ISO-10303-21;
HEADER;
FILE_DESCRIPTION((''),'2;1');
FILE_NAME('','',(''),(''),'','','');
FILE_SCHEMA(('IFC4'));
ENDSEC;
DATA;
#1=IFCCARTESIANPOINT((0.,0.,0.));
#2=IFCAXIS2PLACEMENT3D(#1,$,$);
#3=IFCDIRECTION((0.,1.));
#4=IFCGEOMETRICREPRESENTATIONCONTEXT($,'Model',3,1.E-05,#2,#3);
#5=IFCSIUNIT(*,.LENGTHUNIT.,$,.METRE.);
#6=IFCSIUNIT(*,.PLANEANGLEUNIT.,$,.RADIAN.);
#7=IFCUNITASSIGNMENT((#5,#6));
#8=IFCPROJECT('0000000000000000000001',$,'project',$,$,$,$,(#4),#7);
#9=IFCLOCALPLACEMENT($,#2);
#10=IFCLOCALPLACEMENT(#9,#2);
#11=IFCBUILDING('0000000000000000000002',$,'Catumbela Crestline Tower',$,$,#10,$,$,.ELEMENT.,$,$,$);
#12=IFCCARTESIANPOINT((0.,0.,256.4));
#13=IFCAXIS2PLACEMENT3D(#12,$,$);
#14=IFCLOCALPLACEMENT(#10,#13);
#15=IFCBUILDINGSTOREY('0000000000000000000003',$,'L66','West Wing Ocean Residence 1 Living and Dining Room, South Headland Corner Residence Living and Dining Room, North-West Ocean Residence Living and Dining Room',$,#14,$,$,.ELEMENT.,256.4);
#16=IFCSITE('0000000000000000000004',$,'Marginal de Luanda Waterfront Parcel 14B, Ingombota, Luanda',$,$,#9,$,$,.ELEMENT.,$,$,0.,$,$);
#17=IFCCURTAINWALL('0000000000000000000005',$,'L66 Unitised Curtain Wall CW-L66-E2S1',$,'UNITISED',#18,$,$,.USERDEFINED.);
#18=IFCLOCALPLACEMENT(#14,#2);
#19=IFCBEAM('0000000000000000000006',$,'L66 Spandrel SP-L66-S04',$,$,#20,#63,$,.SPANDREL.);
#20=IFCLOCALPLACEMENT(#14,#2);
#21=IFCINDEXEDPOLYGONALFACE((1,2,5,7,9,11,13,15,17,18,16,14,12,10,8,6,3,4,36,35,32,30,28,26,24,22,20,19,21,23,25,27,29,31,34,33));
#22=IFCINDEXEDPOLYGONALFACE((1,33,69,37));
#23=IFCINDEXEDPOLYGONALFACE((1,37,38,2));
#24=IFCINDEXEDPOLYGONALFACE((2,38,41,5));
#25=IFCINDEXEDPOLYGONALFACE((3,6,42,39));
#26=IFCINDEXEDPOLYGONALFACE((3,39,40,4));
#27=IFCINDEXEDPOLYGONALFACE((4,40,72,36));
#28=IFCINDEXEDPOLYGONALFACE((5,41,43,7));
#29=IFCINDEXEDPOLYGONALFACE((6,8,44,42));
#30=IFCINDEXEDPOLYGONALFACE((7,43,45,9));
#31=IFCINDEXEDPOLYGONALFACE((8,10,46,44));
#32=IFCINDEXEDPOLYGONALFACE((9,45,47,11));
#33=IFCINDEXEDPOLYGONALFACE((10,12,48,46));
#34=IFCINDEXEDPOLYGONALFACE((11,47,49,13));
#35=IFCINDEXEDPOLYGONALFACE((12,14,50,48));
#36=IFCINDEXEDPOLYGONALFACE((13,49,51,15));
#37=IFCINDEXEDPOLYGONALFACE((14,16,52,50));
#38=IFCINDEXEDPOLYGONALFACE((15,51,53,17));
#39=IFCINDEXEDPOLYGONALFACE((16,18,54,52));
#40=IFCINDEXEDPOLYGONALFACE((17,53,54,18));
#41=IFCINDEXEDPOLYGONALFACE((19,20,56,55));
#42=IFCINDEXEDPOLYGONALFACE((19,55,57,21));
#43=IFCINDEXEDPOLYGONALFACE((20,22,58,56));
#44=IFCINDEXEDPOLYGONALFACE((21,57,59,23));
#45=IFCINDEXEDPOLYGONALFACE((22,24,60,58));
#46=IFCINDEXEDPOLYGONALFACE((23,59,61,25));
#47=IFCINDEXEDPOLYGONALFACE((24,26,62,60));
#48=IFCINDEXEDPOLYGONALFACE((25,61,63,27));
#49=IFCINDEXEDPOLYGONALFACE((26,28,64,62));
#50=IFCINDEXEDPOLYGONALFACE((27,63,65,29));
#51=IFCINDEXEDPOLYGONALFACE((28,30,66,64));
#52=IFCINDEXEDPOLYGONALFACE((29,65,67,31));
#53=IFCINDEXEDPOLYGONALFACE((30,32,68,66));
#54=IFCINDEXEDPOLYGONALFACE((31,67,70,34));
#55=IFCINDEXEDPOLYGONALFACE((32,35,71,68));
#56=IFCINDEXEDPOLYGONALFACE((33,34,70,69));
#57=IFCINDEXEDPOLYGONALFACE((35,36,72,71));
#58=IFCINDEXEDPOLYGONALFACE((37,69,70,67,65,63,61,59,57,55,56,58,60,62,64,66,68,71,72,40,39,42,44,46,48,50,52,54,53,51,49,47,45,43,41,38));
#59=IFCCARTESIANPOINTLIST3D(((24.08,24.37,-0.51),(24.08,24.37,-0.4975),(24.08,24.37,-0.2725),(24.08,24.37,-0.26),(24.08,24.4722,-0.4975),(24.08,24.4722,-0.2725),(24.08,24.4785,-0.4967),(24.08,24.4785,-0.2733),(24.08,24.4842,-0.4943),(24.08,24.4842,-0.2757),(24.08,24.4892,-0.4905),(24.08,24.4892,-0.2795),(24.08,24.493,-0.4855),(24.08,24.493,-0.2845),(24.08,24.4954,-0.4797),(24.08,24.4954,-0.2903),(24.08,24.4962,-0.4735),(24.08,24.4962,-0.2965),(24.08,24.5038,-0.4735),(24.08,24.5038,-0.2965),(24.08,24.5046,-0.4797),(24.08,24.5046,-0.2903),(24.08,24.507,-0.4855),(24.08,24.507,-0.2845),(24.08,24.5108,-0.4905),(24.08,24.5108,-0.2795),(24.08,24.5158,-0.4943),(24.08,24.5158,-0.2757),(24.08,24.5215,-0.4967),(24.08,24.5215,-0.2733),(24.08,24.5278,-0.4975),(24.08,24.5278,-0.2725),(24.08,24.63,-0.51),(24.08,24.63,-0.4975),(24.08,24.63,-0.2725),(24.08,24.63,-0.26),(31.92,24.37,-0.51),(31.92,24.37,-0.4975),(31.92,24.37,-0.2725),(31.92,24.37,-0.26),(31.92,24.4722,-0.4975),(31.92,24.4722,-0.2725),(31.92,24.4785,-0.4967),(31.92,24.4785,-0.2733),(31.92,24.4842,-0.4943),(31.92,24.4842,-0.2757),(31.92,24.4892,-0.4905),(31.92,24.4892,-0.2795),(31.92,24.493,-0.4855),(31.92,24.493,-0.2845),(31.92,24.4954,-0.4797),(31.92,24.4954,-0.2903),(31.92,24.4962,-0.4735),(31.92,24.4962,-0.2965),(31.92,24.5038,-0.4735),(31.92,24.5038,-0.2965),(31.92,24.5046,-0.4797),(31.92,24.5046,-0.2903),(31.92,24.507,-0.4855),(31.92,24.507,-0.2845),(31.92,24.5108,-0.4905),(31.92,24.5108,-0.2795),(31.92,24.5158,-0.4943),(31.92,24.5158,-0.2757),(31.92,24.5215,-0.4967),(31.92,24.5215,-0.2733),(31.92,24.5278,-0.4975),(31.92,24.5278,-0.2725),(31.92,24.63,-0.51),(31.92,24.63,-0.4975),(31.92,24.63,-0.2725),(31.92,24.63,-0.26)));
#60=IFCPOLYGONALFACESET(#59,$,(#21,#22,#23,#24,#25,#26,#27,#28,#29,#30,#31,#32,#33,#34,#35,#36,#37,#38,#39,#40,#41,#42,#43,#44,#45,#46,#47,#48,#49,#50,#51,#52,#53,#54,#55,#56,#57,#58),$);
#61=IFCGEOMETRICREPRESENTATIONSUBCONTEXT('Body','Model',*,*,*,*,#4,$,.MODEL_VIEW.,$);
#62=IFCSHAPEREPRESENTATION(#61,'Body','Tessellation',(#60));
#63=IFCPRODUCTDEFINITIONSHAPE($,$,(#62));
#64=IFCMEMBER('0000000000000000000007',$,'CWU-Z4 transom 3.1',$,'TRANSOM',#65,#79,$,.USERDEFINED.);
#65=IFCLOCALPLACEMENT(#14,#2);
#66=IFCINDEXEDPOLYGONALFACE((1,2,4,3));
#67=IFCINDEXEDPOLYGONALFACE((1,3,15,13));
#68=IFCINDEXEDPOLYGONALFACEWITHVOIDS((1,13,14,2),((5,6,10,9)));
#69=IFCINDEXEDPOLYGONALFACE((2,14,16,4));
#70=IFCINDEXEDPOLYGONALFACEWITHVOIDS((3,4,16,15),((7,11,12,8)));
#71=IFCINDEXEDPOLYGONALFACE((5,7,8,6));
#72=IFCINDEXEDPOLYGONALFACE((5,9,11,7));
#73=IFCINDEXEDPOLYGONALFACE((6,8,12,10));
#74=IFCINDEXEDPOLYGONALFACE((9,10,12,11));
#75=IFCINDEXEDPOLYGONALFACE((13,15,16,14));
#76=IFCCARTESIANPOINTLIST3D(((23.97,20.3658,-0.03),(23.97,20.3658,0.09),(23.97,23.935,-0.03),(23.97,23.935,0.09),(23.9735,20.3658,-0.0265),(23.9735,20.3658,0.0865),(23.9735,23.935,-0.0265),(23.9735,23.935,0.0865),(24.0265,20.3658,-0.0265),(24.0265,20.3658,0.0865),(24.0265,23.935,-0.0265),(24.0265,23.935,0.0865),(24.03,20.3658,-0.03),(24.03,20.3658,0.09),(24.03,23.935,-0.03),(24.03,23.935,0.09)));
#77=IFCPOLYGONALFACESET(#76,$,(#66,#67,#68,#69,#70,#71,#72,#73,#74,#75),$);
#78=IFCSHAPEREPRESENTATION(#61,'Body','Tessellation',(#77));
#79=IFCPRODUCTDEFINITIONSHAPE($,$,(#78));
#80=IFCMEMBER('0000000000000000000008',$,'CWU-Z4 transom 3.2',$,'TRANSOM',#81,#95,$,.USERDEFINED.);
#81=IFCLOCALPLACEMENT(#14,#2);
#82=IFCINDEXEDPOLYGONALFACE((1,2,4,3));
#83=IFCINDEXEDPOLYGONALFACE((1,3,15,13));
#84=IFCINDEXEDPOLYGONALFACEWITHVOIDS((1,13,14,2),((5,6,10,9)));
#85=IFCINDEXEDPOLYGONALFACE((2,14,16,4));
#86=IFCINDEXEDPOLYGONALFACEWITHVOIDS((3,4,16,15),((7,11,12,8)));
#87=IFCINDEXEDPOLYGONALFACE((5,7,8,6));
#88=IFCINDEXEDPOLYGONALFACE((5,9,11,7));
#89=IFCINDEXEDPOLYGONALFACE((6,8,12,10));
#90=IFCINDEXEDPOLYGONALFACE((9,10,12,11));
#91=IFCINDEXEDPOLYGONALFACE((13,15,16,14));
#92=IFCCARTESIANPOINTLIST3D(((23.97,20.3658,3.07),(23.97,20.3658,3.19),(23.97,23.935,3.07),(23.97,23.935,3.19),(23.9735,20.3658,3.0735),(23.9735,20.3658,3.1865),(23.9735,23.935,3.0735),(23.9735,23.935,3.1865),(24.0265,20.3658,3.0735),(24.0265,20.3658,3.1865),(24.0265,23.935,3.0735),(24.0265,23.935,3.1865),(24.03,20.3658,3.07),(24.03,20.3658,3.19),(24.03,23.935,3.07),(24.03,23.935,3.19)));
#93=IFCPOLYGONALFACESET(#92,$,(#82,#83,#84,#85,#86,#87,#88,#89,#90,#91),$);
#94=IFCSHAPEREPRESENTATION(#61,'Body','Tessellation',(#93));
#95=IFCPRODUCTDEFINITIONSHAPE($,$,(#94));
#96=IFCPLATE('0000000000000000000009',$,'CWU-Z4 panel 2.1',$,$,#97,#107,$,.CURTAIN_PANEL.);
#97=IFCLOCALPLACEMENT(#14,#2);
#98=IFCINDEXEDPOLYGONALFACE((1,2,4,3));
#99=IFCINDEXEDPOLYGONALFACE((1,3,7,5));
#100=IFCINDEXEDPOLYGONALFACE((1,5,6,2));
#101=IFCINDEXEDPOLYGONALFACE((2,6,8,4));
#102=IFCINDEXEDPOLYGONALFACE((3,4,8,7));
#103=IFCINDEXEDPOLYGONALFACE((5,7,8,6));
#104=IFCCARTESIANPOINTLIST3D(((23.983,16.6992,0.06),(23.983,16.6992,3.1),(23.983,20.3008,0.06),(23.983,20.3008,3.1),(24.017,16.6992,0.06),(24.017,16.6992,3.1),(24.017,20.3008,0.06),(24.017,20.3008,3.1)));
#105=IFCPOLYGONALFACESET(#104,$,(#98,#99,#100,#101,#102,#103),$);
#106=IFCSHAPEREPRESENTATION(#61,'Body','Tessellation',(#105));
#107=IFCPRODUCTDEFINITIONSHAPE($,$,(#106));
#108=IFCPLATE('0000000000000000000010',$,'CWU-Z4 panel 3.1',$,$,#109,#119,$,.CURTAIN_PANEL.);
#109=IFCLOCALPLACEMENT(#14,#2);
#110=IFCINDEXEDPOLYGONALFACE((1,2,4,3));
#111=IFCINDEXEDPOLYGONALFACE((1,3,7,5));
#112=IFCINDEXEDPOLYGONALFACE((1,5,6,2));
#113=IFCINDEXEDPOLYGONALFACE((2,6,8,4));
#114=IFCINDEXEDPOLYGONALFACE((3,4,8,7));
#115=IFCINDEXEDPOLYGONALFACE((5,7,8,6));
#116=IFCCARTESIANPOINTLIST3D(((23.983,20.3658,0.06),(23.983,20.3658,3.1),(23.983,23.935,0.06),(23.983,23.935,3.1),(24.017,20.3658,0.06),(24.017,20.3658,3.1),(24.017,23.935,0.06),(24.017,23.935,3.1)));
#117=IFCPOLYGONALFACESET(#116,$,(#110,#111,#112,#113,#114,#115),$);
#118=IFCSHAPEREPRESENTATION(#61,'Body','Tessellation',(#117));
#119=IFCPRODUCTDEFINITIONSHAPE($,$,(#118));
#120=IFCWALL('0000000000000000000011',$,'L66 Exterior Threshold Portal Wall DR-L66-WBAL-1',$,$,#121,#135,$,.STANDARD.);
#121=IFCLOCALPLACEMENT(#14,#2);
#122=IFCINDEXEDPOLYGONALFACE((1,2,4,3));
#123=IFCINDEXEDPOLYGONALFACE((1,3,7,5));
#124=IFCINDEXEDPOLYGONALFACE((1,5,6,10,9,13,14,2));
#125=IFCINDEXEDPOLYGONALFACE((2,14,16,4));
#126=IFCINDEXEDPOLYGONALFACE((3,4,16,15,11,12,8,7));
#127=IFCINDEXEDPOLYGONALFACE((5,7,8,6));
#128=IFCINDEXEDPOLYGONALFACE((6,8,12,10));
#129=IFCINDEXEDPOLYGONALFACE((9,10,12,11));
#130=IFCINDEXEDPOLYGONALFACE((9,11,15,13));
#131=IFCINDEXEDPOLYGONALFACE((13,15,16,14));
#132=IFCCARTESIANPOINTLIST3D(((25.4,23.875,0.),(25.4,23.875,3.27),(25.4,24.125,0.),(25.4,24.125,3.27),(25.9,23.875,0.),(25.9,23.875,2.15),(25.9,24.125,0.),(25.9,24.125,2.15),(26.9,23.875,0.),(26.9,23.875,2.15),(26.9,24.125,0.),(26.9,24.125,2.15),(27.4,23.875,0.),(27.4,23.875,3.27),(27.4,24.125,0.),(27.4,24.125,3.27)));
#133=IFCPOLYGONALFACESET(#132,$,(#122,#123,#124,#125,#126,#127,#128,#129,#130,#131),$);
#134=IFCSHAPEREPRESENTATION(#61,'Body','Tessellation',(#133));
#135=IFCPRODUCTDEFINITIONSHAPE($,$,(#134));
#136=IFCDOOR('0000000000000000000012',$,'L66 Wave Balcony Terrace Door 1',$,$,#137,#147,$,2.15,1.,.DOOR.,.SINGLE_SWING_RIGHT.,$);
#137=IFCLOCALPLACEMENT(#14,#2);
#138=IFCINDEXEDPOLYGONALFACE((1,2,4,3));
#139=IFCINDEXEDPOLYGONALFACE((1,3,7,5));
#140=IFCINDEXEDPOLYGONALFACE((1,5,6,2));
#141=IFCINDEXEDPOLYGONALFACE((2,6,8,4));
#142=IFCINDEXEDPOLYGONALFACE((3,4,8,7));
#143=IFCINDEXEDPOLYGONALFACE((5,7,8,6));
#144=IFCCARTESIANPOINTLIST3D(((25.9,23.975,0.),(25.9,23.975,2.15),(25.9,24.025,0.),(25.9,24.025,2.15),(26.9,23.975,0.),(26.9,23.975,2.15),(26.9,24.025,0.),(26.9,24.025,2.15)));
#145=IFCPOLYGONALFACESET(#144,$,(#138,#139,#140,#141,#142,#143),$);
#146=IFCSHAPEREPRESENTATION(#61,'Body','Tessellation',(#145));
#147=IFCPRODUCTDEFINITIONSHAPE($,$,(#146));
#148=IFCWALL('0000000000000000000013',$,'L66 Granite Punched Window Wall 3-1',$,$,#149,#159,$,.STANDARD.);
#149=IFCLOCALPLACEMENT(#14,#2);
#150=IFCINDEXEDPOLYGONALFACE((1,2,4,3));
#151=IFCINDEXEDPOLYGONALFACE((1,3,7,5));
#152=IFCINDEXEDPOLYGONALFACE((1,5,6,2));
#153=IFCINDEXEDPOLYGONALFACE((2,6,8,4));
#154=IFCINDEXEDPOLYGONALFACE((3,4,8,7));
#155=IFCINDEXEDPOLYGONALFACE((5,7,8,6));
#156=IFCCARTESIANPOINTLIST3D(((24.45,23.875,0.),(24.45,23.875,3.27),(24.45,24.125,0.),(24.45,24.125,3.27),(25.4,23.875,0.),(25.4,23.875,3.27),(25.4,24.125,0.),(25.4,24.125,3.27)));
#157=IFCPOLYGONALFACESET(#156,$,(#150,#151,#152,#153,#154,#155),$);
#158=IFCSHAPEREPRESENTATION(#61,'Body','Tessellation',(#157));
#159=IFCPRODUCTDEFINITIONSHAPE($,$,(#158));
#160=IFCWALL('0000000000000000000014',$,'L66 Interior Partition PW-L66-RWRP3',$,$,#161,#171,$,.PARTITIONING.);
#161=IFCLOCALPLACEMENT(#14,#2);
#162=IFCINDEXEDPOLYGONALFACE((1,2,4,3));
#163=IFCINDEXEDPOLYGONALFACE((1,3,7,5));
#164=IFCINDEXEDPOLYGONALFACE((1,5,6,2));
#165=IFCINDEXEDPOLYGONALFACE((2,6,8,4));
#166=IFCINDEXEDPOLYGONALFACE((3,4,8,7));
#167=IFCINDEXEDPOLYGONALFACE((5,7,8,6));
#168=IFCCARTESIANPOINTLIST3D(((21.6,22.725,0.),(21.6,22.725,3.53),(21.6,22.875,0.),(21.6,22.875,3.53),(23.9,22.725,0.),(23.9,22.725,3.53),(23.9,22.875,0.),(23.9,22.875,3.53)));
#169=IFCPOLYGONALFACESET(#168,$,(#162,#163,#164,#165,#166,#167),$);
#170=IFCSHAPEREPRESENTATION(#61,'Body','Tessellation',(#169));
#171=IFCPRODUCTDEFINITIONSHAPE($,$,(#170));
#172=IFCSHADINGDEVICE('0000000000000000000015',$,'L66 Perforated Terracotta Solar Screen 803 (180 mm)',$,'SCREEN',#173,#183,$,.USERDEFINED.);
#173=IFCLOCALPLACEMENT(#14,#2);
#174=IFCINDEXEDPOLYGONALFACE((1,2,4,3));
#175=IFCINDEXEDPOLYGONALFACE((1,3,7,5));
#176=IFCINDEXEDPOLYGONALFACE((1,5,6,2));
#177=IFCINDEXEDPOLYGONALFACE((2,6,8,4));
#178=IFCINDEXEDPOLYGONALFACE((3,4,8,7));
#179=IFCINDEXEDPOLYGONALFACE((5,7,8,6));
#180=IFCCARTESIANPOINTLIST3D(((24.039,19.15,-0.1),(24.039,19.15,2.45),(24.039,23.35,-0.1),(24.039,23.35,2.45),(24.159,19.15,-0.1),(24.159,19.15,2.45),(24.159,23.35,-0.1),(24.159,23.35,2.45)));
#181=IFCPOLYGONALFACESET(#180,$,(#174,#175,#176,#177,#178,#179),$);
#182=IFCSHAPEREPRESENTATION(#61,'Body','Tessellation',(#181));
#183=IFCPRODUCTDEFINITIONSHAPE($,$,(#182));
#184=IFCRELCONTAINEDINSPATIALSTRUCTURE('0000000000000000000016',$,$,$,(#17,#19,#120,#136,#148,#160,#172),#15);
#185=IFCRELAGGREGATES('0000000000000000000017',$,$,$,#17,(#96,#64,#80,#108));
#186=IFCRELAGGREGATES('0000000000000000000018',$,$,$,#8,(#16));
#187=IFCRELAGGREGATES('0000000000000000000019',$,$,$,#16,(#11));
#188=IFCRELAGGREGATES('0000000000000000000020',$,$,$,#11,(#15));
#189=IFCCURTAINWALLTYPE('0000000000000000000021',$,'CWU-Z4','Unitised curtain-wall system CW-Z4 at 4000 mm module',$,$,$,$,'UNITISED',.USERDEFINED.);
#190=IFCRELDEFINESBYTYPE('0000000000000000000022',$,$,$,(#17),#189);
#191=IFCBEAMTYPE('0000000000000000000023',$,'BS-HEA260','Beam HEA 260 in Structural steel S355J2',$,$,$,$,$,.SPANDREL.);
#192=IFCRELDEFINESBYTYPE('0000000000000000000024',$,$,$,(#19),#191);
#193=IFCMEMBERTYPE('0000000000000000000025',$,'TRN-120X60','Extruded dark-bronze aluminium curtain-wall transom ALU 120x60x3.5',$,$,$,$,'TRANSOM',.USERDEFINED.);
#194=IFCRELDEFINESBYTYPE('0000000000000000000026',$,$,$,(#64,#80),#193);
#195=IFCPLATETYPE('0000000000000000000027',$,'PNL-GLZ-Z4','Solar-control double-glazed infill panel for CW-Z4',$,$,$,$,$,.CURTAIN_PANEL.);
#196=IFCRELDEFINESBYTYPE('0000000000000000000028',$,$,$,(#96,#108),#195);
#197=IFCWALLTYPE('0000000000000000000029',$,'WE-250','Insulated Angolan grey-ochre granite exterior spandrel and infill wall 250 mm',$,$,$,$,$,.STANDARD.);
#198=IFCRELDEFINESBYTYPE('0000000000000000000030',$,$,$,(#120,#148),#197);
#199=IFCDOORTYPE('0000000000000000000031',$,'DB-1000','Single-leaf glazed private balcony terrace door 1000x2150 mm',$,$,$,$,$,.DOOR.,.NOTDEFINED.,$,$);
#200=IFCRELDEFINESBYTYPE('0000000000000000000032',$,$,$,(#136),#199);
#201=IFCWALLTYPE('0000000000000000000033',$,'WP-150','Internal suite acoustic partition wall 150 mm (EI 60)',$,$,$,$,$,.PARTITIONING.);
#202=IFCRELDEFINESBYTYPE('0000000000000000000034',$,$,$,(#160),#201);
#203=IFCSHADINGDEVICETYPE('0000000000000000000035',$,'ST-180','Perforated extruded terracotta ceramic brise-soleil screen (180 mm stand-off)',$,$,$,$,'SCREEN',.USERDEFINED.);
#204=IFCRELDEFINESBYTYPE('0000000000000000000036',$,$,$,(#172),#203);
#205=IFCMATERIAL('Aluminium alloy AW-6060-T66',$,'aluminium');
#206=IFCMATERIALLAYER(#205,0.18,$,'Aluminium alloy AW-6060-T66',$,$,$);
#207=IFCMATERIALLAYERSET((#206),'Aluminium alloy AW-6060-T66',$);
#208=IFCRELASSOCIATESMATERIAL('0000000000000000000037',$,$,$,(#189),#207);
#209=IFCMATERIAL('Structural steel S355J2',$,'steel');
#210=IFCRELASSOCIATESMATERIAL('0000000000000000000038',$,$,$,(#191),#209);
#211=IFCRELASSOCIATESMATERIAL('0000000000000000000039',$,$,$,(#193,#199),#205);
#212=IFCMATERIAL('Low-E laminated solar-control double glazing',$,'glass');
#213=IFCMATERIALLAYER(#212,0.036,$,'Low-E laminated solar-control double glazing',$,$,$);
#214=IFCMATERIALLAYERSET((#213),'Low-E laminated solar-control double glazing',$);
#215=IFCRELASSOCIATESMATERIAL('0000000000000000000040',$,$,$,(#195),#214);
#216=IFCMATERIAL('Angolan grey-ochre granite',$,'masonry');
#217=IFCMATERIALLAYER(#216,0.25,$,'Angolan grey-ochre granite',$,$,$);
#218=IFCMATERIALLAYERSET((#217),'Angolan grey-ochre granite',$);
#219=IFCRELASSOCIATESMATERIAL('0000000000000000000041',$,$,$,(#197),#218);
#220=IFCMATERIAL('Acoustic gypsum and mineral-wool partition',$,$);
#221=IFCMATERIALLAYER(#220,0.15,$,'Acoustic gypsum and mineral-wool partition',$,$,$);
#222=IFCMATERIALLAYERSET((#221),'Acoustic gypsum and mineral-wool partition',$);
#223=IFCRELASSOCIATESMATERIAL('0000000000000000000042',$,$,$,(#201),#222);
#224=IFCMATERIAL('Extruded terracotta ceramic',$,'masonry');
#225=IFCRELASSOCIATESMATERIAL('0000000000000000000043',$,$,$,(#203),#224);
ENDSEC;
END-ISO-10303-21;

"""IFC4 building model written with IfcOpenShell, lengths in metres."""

from ifc_helpers import new_model, si_unit, direction, frame, frame_2d, origin, origin_2d, place, context, subcontext, project, spatial, rectangle, hollow_rectangle, i_section, extrude, material, layer, layer_set, material_profile, profile_set, type_object, element, fill, aggregate, save


model = new_model("IFC4")

# Units and contexts
model_context = context("Model", 3, precision=1e-05, world=origin(), true_north=direction((0.0, 1.0)))
body_context = subcontext(model_context, "Body", "Model", "MODEL_VIEW")
ifc_project = project(units=[si_unit("LENGTHUNIT", "METRE"), si_unit("PLANEANGLEUNIT", "RADIAN")], contexts=[model_context])

# Site, building, storey
site_placement = place(None, origin())
site = spatial("IfcSite", under=ifc_project, at=site_placement, Name="Marginal de Luanda Waterfront Parcel 14B, Ingombota, Luanda", CompositionType="ELEMENT", RefElevation=0.0)
building_placement = place(site_placement, origin())
building = spatial("IfcBuilding", under=site, at=building_placement, Name="Catumbela Crestline Tower", CompositionType="ELEMENT")
storey_placement = place(building_placement, frame((0.0, 0.0, 256.4)))
storey = spatial("IfcBuildingStorey", under=building, at=storey_placement, Name="L66", Description="West Wing Ocean Residence 1 Living and Dining Room, South Headland Corner Residence Living and Dining Room, North-West Ocean Residence Living and Dining Room", CompositionType="ELEMENT", Elevation=256.4)

# Shared definitions
ifc_material_1 = material(Name="Structural steel S355J2", Category="steel")

# Curtain wall
ifc_material_2 = material(Name="Aluminium alloy AW-6060-T66", Category="aluminium")
ifc_layer_1 = layer(ifc_material_2, 0.18, Name="Aluminium alloy AW-6060-T66")
ifc_layer_set_1 = layer_set([ifc_layer_1], Name="Aluminium alloy AW-6060-T66")
curtain_wall_type = type_object("IfcCurtainWallType", Name="CWU-Z4", Description="Unitised curtain-wall system CW-Z4 at 4000 mm module", ElementType="UNITISED", PredefinedType="USERDEFINED", material=ifc_layer_set_1)
curtain_wall_placement = place(storey_placement, origin())
curtain_wall = element("IfcCurtainWall", 1, at=curtain_wall_placement, inside=storey, type_object=curtain_wall_type, Name="L66 Unitised Curtain Wall CW-L66-E2S1", ObjectType="UNITISED", PredefinedType="USERDEFINED")

# Beam
ifc_material_profile_1 = material_profile(ifc_material_1, i_section(OverallWidth=0.26, OverallDepth=0.25, WebThickness=0.0075, FlangeThickness=0.0125, FilletRadius=0.024, at=origin_2d()), Name="HEA 260")
ifc_profile_set_1 = profile_set([ifc_material_profile_1], Name="Structural steel S355J2")
beam_type_1 = type_object("IfcBeamType", Name="BS-HEA260", Description="Beam HEA 260 in Structural steel S355J2", PredefinedType="SPANDREL", material=ifc_profile_set_1)
beam_1_placement = place(storey_placement, frame((24.08, 24.5, -0.385), z_axis=(1.0, 0.0, 0.0), x_axis=(0.0, 1.0, 0.0)))
element("IfcBeam", 2, at=beam_1_placement, inside=storey, type_object=beam_type_1, Name="L66 Spandrel SP-L66-S04", PredefinedType="SPANDREL", context=body_context, shape_type="SweptSolid", body=[
    extrude(i_section(OverallWidth=0.26, OverallDepth=0.25, WebThickness=0.0075, FlangeThickness=0.0125, FilletRadius=0.024, at=origin_2d()), origin(), (0.0, 0.0, 1.0), 7.84),
])

# Members
ifc_material_profile_2 = material_profile(ifc_material_2, hollow_rectangle(XDim=0.06, YDim=0.12, WallThickness=0.0035, at=origin_2d()), Name="ALU 120x60x3.5")
ifc_profile_set_2 = profile_set([ifc_material_profile_2], Name="Aluminium alloy AW-6060-T66")
member_type_1 = type_object("IfcMemberType", Name="TRN-120X60", Description="Extruded dark-bronze aluminium curtain-wall transom ALU 120x60x3.5", ElementType="TRANSOM", PredefinedType="USERDEFINED", material=ifc_profile_set_2)
member_1_placement = place(storey_placement, frame((24.0, 20.3658, 0.03), z_axis=(0.0, 1.0, 0.0), x_axis=(-1.0, 0.0, 0.0)))
member_1 = element("IfcMember", 3, at=member_1_placement, type_object=member_type_1, Name="CWU-Z4 transom 3.1", ObjectType="TRANSOM", PredefinedType="USERDEFINED", context=body_context, shape_type="SweptSolid", body=[
    extrude(hollow_rectangle(XDim=0.06, YDim=0.12, WallThickness=0.0035, at=origin_2d()), origin(), (0.0, 0.0, 1.0), 3.5692),
])
member_2_placement = place(storey_placement, frame((24.0, 20.3658, 3.13), z_axis=(0.0, 1.0, 0.0), x_axis=(-1.0, 0.0, 0.0)))
member_2 = element("IfcMember", 4, at=member_2_placement, type_object=member_type_1, Name="CWU-Z4 transom 3.2", ObjectType="TRANSOM", PredefinedType="USERDEFINED", context=body_context, shape_type="SweptSolid", body=[
    extrude(hollow_rectangle(XDim=0.06, YDim=0.12, WallThickness=0.0035, at=origin_2d()), origin(), (0.0, 0.0, 1.0), 3.5692),
])

# Plates
ifc_material_3 = material(Name="Low-E laminated solar-control double glazing", Category="glass")
ifc_layer_2 = layer(ifc_material_3, 0.036, Name="Low-E laminated solar-control double glazing")
ifc_layer_set_2 = layer_set([ifc_layer_2], Name="Low-E laminated solar-control double glazing")
plate_type = type_object("IfcPlateType", Name="PNL-GLZ-Z4", Description="Solar-control double-glazed infill panel for CW-Z4", PredefinedType="CURTAIN_PANEL", material=ifc_layer_set_2)
plate_1_placement = place(storey_placement, frame((24.0, 18.5, 0.06), z_axis=(0.0, 0.0, 1.0), x_axis=(0.0, 1.0, 0.0)))
plate_1 = element("IfcPlate", 5, at=plate_1_placement, type_object=plate_type, Name="CWU-Z4 panel 2.1", PredefinedType="CURTAIN_PANEL", context=body_context, shape_type="SweptSolid", body=[
    extrude(rectangle(XDim=3.6017, YDim=0.034, at=origin_2d()), origin(), (0.0, 0.0, 1.0), 3.04),
])
plate_2_placement = place(storey_placement, frame((24.0, 22.1504, 0.06), z_axis=(0.0, 0.0, 1.0), x_axis=(0.0, 1.0, 0.0)))
plate_2 = element("IfcPlate", 6, at=plate_2_placement, type_object=plate_type, Name="CWU-Z4 panel 3.1", PredefinedType="CURTAIN_PANEL", context=body_context, shape_type="SweptSolid", body=[
    extrude(rectangle(XDim=3.5692, YDim=0.034, at=origin_2d()), origin(), (0.0, 0.0, 1.0), 3.04),
])
aggregate(curtain_wall, [plate_1, member_1, member_2, plate_2])

# Wall, opening, door
ifc_material_4 = material(Name="Angolan grey-ochre granite", Category="masonry")
ifc_layer_3 = layer(ifc_material_4, 0.25, Name="Angolan grey-ochre granite")
ifc_layer_set_3 = layer_set([ifc_layer_3], Name="Angolan grey-ochre granite")
wall_type_1 = type_object("IfcWallType", Name="WE-250", Description="Insulated Angolan grey-ochre granite exterior spandrel and infill wall 250 mm", PredefinedType="STANDARD", material=ifc_layer_set_3)
wall_1_placement = place(storey_placement, frame((25.4, 24.0, 0.0), z_axis=(0.0, 0.0, 1.0), x_axis=(1.0, 0.0, 0.0)))
wall_1 = element("IfcWall", 7, at=wall_1_placement, inside=storey, type_object=wall_type_1, Name="L66 Exterior Threshold Portal Wall DR-L66-WBAL-1", PredefinedType="STANDARD", context=body_context, shape_type="SweptSolid", body=[
    extrude(rectangle(XDim=2.0, YDim=0.25, at=frame_2d((1.0, 0.0))), origin(), (0.0, 0.0, 1.0), 3.27),
])
opening_placement = place(wall_1_placement, frame((0.5, 0.0, 0.0)))
opening = element("IfcOpeningElement", 8, at=opening_placement, cuts=wall_1, PredefinedType="OPENING", context=body_context, shape_type="SweptSolid", body=[
    extrude(rectangle(XDim=1.0, YDim=2.15, at=frame_2d((0.5, 1.075))), frame((0.0, 0.135, 0.0), z_axis=(0.0, -1.0, 0.0), x_axis=(1.0, 0.0, 0.0)), (0.0, 0.0, 1.0), 0.27),
])
door_type = type_object("IfcDoorType", Name="DB-1000", Description="Single-leaf glazed private balcony terrace door 1000x2150 mm", OperationType="NOTDEFINED", PredefinedType="DOOR", material=ifc_material_2)
door_placement = place(opening_placement, origin())
door = element("IfcDoor", 9, at=door_placement, inside=storey, type_object=door_type, Name="L66 Wave Balcony Terrace Door 1", OperationType="SINGLE_SWING_RIGHT", OverallHeight=2.15, OverallWidth=1.0, PredefinedType="DOOR", context=body_context, shape_type="SweptSolid", body=[
    extrude(rectangle(XDim=1.0, YDim=2.15, at=frame_2d((0.5, 1.075))), frame((0.0, 0.025, 0.0), z_axis=(0.0, -1.0, 0.0), x_axis=(1.0, 0.0, 0.0)), (0.0, 0.0, 1.0), 0.05),
])
fill(opening, door)

# Walls
wall_2_placement = place(storey_placement, frame((24.45, 24.0, 0.0), z_axis=(0.0, 0.0, 1.0), x_axis=(1.0, 0.0, 0.0)))
element("IfcWall", 10, at=wall_2_placement, inside=storey, type_object=wall_type_1, Name="L66 Granite Punched Window Wall 3-1", PredefinedType="STANDARD", context=body_context, shape_type="SweptSolid", body=[
    extrude(rectangle(XDim=0.95, YDim=0.25, at=frame_2d((0.475, 0.0))), origin(), (0.0, 0.0, 1.0), 3.27),
])
ifc_material_5 = material(Name="Acoustic gypsum and mineral-wool partition")
ifc_layer_4 = layer(ifc_material_5, 0.15, Name="Acoustic gypsum and mineral-wool partition")
ifc_layer_set_4 = layer_set([ifc_layer_4], Name="Acoustic gypsum and mineral-wool partition")
wall_type_2 = type_object("IfcWallType", Name="WP-150", Description="Internal suite acoustic partition wall 150 mm (EI 60)", PredefinedType="PARTITIONING", material=ifc_layer_set_4)
wall_3_placement = place(storey_placement, frame((21.6, 22.8, 0.0), z_axis=(0.0, 0.0, 1.0), x_axis=(1.0, 0.0, 0.0)))
element("IfcWall", 11, at=wall_3_placement, inside=storey, type_object=wall_type_2, Name="L66 Interior Partition PW-L66-RWRP3", PredefinedType="PARTITIONING", context=body_context, shape_type="SweptSolid", body=[
    extrude(rectangle(XDim=2.3, YDim=0.15, at=frame_2d((1.15, 0.0))), origin(), (0.0, 0.0, 1.0), 3.53),
])

# Shading device
ifc_material_6 = material(Name="Extruded terracotta ceramic", Category="masonry")
shading_device_type = type_object("IfcShadingDeviceType", Name="ST-180", Description="Perforated extruded terracotta ceramic brise-soleil screen (180 mm stand-off)", ElementType="SCREEN", PredefinedType="USERDEFINED", material=ifc_material_6)
shading_device_placement = place(storey_placement, frame((24.099, 21.25, -0.1), z_axis=(0.0, 0.0, 1.0), x_axis=(0.0, 1.0, 0.0)))
element("IfcShadingDevice", 12, at=shading_device_placement, inside=storey, type_object=shading_device_type, Name="L66 Perforated Terracotta Solar Screen 803 (180 mm)", ObjectType="SCREEN", PredefinedType="USERDEFINED", context=body_context, shape_type="SweptSolid", body=[
    extrude(rectangle(XDim=4.2, YDim=0.12, at=origin_2d()), origin(), (0.0, 0.0, 1.0), 2.55),
])

save(model, "model.ifc")
